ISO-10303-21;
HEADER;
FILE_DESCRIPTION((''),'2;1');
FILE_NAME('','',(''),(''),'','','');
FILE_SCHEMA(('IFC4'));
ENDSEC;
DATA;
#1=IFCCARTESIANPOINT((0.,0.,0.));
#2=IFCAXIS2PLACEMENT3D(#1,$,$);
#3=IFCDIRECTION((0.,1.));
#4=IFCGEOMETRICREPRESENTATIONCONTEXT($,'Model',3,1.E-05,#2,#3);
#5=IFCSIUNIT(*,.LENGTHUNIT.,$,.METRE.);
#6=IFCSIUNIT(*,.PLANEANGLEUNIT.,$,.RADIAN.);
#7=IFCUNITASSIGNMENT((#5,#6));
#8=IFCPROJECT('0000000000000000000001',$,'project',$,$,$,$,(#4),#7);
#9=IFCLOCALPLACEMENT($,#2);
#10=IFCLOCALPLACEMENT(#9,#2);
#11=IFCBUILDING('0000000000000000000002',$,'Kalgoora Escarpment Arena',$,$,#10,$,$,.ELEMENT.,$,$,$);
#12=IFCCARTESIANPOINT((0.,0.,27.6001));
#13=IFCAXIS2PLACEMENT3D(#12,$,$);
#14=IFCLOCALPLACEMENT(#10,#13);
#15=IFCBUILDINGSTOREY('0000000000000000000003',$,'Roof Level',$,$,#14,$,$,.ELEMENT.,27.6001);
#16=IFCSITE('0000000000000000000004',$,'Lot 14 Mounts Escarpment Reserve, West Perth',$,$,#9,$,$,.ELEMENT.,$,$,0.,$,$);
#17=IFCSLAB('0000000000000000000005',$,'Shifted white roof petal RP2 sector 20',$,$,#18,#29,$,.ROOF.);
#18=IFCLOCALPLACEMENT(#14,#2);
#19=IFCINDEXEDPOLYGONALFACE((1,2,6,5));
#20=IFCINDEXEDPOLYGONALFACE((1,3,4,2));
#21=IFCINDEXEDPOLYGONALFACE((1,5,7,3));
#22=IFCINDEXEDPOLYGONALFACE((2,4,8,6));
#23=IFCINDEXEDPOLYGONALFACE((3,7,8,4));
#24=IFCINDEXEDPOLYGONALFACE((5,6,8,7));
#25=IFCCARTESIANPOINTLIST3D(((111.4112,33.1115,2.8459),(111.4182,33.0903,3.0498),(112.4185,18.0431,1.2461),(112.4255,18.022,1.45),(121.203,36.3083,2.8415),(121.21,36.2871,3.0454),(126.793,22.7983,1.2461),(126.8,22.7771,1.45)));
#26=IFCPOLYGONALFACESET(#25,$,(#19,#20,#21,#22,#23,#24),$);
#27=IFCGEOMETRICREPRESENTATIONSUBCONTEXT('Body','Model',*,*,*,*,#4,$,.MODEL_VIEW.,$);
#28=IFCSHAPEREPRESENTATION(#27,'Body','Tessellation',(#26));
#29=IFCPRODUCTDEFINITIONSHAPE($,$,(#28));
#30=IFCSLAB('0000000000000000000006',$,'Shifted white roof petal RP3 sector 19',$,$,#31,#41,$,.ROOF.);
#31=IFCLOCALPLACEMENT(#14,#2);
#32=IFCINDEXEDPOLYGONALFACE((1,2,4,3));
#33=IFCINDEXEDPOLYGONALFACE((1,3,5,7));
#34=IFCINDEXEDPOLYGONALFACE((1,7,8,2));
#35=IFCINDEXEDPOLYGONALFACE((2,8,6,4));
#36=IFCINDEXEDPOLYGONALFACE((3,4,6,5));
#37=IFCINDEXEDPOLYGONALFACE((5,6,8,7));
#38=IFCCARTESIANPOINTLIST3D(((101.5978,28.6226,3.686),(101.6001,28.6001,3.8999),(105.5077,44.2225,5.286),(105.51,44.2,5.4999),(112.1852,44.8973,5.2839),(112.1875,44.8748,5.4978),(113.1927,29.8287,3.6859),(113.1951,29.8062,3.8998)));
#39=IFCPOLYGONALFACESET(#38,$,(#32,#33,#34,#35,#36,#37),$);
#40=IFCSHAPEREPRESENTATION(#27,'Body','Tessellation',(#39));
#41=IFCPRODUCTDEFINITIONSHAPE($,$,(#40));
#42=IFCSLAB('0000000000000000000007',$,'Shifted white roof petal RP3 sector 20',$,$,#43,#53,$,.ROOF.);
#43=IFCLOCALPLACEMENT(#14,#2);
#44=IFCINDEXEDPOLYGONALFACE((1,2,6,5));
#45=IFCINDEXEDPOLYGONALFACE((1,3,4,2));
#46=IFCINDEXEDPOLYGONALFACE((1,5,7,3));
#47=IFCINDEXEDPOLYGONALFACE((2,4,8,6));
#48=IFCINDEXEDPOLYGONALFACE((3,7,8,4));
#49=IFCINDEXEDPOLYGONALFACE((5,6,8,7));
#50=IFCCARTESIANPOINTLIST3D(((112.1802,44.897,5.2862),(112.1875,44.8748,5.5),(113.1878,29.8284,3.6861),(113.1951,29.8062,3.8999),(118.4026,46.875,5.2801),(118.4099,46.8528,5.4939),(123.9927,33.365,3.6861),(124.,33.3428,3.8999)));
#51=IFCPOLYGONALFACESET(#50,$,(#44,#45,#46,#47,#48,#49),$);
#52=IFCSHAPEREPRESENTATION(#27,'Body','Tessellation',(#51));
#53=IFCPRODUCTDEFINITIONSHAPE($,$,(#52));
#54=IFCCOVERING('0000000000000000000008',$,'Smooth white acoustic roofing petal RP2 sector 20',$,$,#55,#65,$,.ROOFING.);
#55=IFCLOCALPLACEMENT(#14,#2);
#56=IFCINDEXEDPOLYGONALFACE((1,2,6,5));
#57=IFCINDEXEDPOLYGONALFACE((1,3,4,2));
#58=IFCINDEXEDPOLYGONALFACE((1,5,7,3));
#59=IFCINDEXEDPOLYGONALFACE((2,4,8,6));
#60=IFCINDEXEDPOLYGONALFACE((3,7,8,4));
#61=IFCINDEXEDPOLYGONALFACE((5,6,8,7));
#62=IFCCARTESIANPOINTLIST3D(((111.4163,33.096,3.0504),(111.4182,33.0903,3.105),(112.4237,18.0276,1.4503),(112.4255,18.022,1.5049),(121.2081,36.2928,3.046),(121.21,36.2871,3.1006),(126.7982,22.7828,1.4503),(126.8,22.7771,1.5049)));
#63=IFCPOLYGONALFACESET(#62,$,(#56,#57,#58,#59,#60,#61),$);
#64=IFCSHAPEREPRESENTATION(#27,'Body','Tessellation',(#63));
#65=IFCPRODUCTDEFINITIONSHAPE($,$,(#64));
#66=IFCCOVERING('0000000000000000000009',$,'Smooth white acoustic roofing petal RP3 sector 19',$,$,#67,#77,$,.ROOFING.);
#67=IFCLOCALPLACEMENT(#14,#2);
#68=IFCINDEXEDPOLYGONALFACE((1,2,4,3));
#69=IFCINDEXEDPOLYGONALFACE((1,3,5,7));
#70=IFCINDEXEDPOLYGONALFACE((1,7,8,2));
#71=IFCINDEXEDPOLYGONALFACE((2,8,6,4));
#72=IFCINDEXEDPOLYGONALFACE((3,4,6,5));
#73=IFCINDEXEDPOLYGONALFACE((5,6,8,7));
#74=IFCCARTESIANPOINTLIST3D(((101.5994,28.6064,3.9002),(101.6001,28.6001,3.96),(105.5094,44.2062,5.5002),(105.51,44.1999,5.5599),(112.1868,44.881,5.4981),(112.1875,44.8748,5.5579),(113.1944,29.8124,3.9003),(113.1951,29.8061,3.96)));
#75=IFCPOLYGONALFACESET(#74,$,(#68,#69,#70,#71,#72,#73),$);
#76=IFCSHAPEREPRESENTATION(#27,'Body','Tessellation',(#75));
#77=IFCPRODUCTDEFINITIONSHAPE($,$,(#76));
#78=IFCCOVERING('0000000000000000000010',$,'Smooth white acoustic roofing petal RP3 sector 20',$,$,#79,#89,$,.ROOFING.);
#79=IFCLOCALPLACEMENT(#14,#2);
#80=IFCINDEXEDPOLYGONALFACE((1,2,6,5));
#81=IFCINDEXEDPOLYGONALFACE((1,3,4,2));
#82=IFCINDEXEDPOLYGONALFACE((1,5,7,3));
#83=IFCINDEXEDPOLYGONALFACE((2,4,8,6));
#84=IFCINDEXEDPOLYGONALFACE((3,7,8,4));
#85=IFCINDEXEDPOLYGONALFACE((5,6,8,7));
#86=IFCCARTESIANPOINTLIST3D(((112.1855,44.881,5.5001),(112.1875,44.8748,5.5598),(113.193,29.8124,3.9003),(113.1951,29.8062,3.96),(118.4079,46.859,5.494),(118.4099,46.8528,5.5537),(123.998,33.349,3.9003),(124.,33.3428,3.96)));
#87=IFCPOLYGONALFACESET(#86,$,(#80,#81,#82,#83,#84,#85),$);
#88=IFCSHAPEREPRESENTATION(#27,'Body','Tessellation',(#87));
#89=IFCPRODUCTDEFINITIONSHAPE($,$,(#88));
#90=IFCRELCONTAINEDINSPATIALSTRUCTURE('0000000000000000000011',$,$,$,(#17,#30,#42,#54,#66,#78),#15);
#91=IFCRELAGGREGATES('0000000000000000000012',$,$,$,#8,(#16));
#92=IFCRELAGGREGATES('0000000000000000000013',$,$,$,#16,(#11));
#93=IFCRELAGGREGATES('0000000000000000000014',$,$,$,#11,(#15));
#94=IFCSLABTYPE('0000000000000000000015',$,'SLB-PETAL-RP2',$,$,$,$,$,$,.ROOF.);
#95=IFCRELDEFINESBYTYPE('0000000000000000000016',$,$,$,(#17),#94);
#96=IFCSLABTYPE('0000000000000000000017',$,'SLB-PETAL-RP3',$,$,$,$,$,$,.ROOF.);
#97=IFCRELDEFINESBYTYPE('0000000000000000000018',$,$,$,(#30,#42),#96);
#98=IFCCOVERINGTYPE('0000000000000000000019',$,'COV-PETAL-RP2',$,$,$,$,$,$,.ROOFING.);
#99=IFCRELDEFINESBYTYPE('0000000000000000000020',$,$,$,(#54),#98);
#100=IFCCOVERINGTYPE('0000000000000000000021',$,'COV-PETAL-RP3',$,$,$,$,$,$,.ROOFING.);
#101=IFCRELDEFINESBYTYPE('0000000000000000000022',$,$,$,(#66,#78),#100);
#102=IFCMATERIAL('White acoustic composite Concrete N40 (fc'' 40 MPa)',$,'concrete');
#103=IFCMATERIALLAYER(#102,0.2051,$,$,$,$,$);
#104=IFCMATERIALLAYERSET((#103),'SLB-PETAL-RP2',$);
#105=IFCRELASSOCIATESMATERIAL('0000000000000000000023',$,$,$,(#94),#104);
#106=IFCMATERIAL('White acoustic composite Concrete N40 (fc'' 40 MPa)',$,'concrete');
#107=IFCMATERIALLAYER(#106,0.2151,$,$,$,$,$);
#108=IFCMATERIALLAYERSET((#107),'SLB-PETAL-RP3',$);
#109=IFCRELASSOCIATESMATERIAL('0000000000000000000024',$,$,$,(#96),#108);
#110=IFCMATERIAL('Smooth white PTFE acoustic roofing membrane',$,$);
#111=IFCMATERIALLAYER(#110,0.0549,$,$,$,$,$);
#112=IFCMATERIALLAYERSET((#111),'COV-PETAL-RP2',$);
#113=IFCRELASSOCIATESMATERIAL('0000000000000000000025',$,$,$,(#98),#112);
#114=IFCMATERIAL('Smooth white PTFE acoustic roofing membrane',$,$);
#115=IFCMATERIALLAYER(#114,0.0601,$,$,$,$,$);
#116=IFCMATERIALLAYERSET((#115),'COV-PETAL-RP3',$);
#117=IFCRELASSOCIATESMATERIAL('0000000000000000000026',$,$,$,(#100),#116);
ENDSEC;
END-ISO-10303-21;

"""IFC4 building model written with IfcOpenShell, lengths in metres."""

from ifc_helpers import new_model, si_unit, direction, frame, origin, place, context, subcontext, project, spatial, polyline, outline, extrude, material, layer, layer_set, type_object, element, save


model = new_model("IFC4")

# Units and contexts
model_context = context("Model", 3, precision=1e-05, world=origin(), true_north=direction((0.0, 1.0)))
body_context = subcontext(model_context, "Body", "Model", "MODEL_VIEW")
ifc_project = project(units=[si_unit("LENGTHUNIT", "METRE"), si_unit("PLANEANGLEUNIT", "RADIAN")], contexts=[model_context])

# Site, building, storey
site_placement = place(None, origin())
site = spatial("IfcSite", under=ifc_project, at=site_placement, Name="Lot 14 Mounts Escarpment Reserve, West Perth", CompositionType="ELEMENT", RefElevation=0.0)
building_placement = place(site_placement, origin())
building = spatial("IfcBuilding", under=site, at=building_placement, Name="Kalgoora Escarpment Arena", CompositionType="ELEMENT")
storey_placement = place(building_placement, frame((0.0, 0.0, 27.6001)))
storey = spatial("IfcBuildingStorey", under=building, at=storey_placement, Name="Roof Level", CompositionType="ELEMENT", Elevation=27.6001)

# Slabs
ifc_material_1 = material(Name="White acoustic composite Concrete N40 (fc' 40 MPa)", Category="concrete")
ifc_layer_1 = layer(ifc_material_1, 0.2051)
ifc_layer_set_1 = layer_set([ifc_layer_1], Name="SLB-PETAL-RP2")
slab_type_1 = type_object("IfcSlabType", Name="SLB-PETAL-RP2", PredefinedType="ROOF", material=ifc_layer_set_1)
slab_1_placement = place(storey_placement, frame((112.4255, 18.022, 1.45), z_axis=(0.034158, -0.10326, 0.994068), x_axis=(0.949402, 0.314065, 0.0)))
element("IfcSlab", 1, at=slab_1_placement, inside=storey, type_object=slab_type_1, Name="Shifted white roof petal RP2 sector 20", PredefinedType="ROOF", context=body_context, shape_type="SweptSolid", body=[
    extrude(outline(polyline([(0.0, 0.0), (15.1406, 0.0), (14.0764, 14.6691), (3.7761, 14.7096), (0.0, 0.0)])), origin(), (0.0, 0.0, -1.0), 0.2051),
])
ifc_material_2 = material(Name="White acoustic composite Concrete N40 (fc' 40 MPa)", Category="concrete")
ifc_layer_2 = layer(ifc_material_2, 0.2151)
ifc_layer_set_2 = layer_set([ifc_layer_2], Name="SLB-PETAL-RP3")
slab_type_2 = type_object("IfcSlabType", Name="SLB-PETAL-RP3", PredefinedType="ROOF", material=ifc_layer_set_2)
slab_2_placement = place(storey_placement, frame((101.6001, 28.6001, 3.8999), z_axis=(0.0109, -0.104728, 0.994441), x_axis=(0.994634, 0.103458, -0.000006)))
element("IfcSlab", 2, at=slab_2_placement, inside=storey, type_object=slab_type_2, Name="Shifted white roof petal RP3 sector 19", PredefinedType="ROOF", context=body_context, shape_type="SweptSolid", body=[
    extrude(outline(polyline([(0.0, 0.0), (11.6575, 0.0), (12.2143, 15.1763), (5.5028, 15.1961), (0.0, 0.0)])), origin(), (0.0, 0.0, -1.0), 0.2151),
])
slab_3_placement = place(storey_placement, frame((113.1951, 29.8062, 3.8999), z_axis=(0.033811, -0.103297, 0.994076), x_axis=(0.950385, 0.311076, 0.0)))
element("IfcSlab", 3, at=slab_3_placement, inside=storey, type_object=slab_type_2, Name="Shifted white roof petal RP3 sector 20", PredefinedType="ROOF", context=body_context, shape_type="SweptSolid", body=[
    extrude(outline(polyline([(0.0, 0.0), (11.369, 0.0), (10.2589, 14.6655), (3.7299, 14.7216), (0.0, 0.0)])), origin(), (0.0, 0.0, -1.0), 0.2151),
])

# Coverings
ifc_material_3 = material(Name="Smooth white PTFE acoustic roofing membrane")
ifc_layer_3 = layer(ifc_material_3, 0.0549)
ifc_layer_set_3 = layer_set([ifc_layer_3], Name="COV-PETAL-RP2")
covering_type_1 = type_object("IfcCoveringType", Name="COV-PETAL-RP2", PredefinedType="ROOFING", material=ifc_layer_set_3)
covering_1_placement = place(storey_placement, frame((112.4255, 18.022, 1.5049), z_axis=(0.034164, -0.103276, 0.994066), x_axis=(0.949402, 0.314065, 0.0)))
element("IfcCovering", 4, at=covering_1_placement, inside=storey, type_object=covering_type_1, Name="Smooth white acoustic roofing petal RP2 sector 20", PredefinedType="ROOFING", context=body_context, shape_type="SweptSolid", body=[
    extrude(outline(polyline([(0.0, 0.0), (15.1406, 0.0), (14.0764, 14.6691), (3.7761, 14.7096), (0.0, 0.0)])), origin(), (0.0, 0.0, -1.0), 0.0549),
])
ifc_material_4 = material(Name="Smooth white PTFE acoustic roofing membrane")
ifc_layer_4 = layer(ifc_material_4, 0.0601)
ifc_layer_set_4 = layer_set([ifc_layer_4], Name="COV-PETAL-RP3")
covering_type_2 = type_object("IfcCoveringType", Name="COV-PETAL-RP3", PredefinedType="ROOFING", material=ifc_layer_set_4)
covering_2_placement = place(storey_placement, frame((101.6001, 28.6001, 3.96), z_axis=(0.010885, -0.104719, 0.994442), x_axis=(0.994634, 0.103456, 0.000007)))
element("IfcCovering", 5, at=covering_2_placement, inside=storey, type_object=covering_type_2, Name="Smooth white acoustic roofing petal RP3 sector 19", PredefinedType="ROOFING", context=body_context, shape_type="SweptSolid", body=[
    extrude(outline(polyline([(0.0, 0.0), (11.6575, 0.0), (12.2143, 15.1763), (5.5028, 15.1961), (0.0, 0.0)])), origin(), (0.0, 0.0, -1.0), 0.0601),
])
covering_3_placement = place(storey_placement, frame((113.1951, 29.8062, 3.96), z_axis=(0.033806, -0.103282, 0.994077), x_axis=(0.950385, 0.311076, 0.0)))
element("IfcCovering", 6, at=covering_3_placement, inside=storey, type_object=covering_type_2, Name="Smooth white acoustic roofing petal RP3 sector 20", PredefinedType="ROOFING", context=body_context, shape_type="SweptSolid", body=[
    extrude(outline(polyline([(0.0, 0.0), (11.369, 0.0), (10.2589, 14.6655), (3.7299, 14.7216), (0.0, 0.0)])), origin(), (0.0, 0.0, -1.0), 0.0601),
])

save(model, "model.ifc")
